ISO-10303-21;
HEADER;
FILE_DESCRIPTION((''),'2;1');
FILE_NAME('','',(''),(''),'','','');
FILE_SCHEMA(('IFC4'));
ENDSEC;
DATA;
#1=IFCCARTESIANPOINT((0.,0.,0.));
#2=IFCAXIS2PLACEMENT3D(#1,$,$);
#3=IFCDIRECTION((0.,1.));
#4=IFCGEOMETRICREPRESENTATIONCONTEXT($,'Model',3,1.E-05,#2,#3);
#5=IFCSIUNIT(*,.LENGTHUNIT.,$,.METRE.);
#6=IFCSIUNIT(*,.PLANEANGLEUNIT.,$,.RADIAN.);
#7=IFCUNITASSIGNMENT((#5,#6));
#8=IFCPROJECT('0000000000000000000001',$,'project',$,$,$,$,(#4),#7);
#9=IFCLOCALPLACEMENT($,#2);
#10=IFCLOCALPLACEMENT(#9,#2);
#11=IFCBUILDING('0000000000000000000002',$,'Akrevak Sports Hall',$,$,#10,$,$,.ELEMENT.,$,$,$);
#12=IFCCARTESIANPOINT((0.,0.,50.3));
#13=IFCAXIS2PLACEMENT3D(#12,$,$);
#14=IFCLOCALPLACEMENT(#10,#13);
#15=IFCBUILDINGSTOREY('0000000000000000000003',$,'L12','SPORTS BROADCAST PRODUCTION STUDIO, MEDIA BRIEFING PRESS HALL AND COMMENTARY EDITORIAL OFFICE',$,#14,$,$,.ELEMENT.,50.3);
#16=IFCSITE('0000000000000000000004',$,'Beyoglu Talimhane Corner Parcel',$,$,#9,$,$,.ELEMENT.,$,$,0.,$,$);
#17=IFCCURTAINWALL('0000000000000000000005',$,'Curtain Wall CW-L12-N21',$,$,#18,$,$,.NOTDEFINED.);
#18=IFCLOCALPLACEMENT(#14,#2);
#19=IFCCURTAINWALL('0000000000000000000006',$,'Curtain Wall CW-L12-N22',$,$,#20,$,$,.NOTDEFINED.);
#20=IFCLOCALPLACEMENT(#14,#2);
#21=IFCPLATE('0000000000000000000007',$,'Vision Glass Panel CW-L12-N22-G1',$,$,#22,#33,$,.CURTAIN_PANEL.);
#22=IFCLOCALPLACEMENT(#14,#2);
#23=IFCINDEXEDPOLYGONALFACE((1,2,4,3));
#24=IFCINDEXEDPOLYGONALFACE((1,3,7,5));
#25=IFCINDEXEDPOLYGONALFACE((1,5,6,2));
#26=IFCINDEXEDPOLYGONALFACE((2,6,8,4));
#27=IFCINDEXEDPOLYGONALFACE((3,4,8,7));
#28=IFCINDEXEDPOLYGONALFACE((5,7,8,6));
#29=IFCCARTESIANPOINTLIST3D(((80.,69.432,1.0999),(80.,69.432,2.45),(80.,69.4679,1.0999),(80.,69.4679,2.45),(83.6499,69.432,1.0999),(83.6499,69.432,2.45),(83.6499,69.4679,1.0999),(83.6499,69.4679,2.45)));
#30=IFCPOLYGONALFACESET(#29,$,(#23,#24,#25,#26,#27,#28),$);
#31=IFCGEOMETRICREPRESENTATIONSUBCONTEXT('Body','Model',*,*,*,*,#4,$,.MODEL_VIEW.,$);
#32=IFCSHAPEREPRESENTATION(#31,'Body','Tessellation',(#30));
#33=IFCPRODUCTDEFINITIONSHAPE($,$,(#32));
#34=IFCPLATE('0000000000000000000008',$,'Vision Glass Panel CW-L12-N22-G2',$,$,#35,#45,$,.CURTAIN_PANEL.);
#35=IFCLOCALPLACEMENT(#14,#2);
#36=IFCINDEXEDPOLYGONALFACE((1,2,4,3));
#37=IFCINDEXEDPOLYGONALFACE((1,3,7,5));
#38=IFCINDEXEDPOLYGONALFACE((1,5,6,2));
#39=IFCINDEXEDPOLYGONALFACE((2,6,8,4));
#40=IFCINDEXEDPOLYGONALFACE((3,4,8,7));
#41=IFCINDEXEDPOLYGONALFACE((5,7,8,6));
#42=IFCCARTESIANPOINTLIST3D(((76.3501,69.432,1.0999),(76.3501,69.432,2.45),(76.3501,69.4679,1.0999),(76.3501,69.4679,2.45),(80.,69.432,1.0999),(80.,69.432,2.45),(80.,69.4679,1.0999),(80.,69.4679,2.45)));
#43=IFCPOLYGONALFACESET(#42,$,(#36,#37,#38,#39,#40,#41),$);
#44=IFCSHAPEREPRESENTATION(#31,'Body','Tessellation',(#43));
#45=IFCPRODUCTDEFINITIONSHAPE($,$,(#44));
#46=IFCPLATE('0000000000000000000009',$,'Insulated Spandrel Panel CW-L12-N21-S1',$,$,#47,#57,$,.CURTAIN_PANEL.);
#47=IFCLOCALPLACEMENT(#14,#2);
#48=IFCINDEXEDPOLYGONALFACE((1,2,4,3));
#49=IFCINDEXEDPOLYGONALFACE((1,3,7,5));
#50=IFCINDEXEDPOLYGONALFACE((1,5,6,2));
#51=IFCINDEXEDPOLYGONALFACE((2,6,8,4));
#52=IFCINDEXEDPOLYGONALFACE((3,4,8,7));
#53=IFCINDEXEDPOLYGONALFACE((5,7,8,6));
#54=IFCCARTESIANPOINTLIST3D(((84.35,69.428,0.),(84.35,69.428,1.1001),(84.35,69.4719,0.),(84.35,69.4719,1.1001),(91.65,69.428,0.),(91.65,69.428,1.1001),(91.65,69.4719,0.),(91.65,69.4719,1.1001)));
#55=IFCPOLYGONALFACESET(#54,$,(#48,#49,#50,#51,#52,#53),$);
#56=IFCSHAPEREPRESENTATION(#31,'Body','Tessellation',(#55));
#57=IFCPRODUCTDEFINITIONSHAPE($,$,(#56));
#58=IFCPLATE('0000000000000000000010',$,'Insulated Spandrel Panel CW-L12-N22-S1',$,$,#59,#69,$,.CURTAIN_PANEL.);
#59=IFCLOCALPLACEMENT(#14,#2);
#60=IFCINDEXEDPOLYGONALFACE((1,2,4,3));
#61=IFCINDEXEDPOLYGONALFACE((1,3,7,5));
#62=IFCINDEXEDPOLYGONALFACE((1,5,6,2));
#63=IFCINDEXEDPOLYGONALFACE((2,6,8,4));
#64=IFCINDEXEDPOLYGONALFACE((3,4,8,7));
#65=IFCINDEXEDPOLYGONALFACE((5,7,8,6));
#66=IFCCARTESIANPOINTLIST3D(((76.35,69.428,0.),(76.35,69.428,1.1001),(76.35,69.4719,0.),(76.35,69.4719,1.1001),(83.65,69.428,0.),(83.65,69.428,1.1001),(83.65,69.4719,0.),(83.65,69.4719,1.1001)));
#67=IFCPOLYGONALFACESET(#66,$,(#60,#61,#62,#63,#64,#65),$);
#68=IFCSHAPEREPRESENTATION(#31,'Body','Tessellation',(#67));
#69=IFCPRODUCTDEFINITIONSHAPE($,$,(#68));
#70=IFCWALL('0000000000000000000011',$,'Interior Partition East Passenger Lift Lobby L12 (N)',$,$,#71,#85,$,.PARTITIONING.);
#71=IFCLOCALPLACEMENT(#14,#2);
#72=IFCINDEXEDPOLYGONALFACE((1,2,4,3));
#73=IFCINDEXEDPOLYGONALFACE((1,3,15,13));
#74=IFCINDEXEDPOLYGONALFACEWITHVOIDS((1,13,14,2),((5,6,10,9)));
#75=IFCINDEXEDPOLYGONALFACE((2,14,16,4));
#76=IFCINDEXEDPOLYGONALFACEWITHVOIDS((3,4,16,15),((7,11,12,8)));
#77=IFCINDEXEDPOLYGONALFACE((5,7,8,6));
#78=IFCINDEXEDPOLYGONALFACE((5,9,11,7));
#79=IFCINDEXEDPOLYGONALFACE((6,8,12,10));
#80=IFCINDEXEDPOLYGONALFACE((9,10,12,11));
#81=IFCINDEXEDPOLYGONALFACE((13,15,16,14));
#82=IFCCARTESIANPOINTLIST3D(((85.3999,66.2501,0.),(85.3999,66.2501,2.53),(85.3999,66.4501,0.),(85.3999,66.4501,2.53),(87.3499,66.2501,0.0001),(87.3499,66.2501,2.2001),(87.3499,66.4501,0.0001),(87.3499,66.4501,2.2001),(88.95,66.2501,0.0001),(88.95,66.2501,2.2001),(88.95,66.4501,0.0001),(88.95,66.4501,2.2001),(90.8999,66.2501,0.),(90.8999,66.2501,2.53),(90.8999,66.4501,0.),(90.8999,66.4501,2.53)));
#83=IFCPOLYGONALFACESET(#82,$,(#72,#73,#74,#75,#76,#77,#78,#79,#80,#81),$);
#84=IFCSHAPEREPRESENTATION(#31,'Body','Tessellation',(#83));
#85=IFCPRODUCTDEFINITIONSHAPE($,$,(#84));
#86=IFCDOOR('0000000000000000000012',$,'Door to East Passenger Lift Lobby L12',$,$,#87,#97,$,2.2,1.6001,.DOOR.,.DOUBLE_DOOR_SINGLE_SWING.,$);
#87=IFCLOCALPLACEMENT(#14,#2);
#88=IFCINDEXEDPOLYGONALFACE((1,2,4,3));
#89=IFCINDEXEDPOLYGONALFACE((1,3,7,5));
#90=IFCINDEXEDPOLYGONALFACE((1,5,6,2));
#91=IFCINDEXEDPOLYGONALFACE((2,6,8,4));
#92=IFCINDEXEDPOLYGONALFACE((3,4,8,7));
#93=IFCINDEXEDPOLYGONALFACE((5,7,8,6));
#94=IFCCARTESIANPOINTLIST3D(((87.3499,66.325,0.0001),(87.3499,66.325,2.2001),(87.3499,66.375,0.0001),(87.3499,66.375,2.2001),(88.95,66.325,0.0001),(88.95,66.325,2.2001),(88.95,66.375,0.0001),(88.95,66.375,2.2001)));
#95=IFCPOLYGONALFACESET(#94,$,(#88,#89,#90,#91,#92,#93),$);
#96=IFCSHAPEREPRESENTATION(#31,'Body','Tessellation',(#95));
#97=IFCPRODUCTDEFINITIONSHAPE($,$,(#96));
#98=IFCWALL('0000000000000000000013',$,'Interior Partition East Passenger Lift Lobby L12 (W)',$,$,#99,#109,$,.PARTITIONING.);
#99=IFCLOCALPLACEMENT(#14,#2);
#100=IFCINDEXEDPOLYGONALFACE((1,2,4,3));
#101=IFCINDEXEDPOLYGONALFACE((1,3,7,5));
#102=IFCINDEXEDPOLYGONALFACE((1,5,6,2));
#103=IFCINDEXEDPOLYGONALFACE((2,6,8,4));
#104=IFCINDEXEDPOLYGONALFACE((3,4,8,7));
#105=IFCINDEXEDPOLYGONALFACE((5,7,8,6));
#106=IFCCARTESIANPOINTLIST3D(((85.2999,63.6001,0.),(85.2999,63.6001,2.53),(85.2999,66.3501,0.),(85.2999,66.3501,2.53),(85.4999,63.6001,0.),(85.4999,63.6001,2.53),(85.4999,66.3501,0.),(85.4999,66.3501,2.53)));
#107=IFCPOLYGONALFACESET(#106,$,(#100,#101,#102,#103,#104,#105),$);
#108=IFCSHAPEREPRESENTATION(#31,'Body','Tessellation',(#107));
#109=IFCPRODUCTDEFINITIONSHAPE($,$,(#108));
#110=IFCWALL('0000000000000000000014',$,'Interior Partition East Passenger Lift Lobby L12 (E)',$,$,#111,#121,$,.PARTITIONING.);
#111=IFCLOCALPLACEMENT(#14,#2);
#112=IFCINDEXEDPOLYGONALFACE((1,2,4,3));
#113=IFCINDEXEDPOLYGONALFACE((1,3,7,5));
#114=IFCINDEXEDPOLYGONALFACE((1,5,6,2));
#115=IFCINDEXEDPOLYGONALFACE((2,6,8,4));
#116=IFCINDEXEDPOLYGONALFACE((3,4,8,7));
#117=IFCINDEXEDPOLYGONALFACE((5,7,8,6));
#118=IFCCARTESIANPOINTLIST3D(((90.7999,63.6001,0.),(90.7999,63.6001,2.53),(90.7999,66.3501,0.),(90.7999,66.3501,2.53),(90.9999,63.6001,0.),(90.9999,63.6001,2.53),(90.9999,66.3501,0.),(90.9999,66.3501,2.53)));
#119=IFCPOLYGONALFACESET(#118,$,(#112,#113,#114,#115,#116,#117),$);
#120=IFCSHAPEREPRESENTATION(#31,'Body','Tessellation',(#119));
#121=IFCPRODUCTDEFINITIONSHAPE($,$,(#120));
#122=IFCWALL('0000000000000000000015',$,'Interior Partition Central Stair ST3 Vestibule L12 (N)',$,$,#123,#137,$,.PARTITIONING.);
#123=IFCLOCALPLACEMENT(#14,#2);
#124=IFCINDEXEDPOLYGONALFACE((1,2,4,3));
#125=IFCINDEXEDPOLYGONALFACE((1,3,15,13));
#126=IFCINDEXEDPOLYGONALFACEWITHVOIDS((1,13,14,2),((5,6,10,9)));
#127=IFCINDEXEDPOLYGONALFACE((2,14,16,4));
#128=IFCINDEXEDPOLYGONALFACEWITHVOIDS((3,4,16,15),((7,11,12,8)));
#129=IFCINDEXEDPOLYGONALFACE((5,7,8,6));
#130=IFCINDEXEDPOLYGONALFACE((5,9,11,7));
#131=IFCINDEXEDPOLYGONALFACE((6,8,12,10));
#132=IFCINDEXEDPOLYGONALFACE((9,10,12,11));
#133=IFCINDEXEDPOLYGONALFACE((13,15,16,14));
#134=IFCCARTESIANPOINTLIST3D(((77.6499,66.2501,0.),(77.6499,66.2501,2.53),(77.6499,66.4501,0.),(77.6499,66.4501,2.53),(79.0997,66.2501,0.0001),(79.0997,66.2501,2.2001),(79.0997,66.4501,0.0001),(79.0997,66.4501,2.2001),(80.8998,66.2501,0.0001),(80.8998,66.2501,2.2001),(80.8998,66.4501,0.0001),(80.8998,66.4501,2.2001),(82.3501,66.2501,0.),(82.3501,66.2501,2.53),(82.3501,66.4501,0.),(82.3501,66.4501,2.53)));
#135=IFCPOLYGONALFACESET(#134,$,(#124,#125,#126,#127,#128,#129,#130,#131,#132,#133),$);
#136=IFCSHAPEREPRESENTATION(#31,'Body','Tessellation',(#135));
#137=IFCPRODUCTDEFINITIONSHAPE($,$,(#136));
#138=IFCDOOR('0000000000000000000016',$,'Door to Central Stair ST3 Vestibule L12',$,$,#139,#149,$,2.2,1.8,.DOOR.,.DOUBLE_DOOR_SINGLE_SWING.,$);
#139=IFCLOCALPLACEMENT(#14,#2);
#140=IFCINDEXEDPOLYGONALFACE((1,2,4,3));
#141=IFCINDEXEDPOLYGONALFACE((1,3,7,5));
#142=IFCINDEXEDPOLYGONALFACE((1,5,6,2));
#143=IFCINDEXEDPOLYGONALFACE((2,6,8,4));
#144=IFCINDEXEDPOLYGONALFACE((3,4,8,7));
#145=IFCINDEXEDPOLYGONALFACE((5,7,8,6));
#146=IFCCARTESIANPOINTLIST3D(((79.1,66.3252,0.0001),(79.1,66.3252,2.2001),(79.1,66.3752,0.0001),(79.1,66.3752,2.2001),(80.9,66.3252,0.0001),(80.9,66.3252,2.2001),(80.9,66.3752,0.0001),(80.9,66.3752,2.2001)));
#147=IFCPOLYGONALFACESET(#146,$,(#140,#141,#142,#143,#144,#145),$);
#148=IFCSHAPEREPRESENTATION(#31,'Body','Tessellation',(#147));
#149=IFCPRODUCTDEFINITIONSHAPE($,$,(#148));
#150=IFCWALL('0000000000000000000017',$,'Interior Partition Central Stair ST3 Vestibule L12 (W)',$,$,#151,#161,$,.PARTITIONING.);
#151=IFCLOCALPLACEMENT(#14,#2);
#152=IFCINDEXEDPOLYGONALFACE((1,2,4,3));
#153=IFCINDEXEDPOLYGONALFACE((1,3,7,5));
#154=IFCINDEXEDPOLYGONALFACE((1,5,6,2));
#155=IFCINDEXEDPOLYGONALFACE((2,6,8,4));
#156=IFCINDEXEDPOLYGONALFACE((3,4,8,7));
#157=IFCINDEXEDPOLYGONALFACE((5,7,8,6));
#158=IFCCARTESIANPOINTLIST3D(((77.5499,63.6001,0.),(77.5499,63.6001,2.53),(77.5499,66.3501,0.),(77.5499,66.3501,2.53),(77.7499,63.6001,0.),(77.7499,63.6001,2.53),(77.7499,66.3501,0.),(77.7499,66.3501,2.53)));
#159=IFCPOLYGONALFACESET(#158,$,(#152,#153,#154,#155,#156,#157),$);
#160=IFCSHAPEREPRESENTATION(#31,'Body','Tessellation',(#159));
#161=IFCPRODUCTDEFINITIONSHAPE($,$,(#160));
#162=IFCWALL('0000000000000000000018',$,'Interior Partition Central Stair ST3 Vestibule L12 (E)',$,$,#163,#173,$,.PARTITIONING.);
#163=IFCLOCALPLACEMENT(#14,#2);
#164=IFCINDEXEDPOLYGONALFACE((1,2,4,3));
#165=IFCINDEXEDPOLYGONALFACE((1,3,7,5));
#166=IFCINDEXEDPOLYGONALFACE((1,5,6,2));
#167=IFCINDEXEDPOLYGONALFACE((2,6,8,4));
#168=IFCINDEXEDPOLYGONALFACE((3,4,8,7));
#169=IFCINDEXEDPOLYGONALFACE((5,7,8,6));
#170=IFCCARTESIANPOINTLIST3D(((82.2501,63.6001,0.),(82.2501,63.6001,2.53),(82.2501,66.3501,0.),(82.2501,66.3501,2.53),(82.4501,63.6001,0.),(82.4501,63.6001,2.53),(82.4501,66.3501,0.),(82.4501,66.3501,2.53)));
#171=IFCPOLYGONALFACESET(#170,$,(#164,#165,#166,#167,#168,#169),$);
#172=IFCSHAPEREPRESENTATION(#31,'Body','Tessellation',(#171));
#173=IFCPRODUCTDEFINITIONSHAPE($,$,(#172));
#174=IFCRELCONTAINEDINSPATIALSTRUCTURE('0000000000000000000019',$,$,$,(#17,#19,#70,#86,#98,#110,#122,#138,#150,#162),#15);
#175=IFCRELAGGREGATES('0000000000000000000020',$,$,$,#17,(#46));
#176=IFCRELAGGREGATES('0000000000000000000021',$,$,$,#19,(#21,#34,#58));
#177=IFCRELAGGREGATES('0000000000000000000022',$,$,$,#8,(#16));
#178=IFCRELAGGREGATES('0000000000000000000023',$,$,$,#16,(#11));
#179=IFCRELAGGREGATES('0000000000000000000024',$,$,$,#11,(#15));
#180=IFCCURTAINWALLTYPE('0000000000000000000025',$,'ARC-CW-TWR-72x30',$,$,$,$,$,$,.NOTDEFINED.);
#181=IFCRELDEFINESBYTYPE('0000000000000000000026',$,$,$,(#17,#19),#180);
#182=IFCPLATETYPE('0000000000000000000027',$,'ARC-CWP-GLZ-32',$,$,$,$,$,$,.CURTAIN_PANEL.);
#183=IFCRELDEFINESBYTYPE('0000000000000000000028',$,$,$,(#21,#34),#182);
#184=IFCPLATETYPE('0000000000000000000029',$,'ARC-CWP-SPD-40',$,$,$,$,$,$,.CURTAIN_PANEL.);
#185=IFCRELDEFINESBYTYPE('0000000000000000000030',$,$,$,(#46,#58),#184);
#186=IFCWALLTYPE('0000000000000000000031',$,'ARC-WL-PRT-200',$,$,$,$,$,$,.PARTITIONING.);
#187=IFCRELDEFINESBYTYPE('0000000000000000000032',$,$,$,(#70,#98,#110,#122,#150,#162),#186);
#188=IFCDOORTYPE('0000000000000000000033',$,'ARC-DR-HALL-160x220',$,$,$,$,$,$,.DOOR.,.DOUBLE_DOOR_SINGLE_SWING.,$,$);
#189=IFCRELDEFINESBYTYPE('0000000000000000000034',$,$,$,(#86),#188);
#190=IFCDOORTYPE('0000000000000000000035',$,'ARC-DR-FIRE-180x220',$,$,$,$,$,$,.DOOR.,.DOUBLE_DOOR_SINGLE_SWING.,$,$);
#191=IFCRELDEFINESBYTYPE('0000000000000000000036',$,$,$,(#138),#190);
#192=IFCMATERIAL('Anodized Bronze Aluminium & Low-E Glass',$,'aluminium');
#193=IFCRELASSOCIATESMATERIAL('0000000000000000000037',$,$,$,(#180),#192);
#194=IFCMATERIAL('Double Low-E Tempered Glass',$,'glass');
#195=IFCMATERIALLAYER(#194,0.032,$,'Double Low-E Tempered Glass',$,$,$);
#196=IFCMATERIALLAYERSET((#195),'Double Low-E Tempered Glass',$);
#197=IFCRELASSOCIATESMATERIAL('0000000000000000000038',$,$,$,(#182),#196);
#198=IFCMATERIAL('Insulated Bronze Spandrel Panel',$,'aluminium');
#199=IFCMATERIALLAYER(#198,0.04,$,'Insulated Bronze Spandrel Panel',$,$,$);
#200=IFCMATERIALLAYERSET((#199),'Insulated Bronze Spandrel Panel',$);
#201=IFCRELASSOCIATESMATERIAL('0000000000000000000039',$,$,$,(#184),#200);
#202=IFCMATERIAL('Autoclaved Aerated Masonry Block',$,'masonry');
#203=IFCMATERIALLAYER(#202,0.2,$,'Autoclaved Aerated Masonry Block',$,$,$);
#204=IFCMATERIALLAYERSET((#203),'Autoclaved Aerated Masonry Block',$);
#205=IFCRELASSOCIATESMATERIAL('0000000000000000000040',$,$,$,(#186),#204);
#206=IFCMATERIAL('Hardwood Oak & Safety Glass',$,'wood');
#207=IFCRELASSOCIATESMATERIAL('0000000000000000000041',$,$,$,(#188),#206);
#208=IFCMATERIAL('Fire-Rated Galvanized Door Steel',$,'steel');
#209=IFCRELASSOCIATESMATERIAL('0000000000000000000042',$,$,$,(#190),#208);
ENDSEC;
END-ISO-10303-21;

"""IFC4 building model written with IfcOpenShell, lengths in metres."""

from ifc_helpers import new_model, si_unit, direction, frame, frame_2d, origin, origin_2d, place, context, subcontext, project, spatial, rectangle, extrude, material, layer, layer_set, type_object, element, fill, aggregate, save


model = new_model("IFC4")

# Units and contexts
model_context = context("Model", 3, precision=1e-05, world=origin(), true_north=direction((0.0, 1.0)))
body_context = subcontext(model_context, "Body", "Model", "MODEL_VIEW")
ifc_project = project(units=[si_unit("LENGTHUNIT", "METRE"), si_unit("PLANEANGLEUNIT", "RADIAN")], contexts=[model_context])

# Site, building, storey
site_placement = place(None, origin())
site = spatial("IfcSite", under=ifc_project, at=site_placement, Name="Beyoglu Talimhane Corner Parcel", CompositionType="ELEMENT", RefElevation=0.0)
building_placement = place(site_placement, origin())
building = spatial("IfcBuilding", under=site, at=building_placement, Name="Akrevak Sports Hall", CompositionType="ELEMENT")
storey_placement = place(building_placement, frame((0.0, 0.0, 50.3)))
storey = spatial("IfcBuildingStorey", under=building, at=storey_placement, Name="L12", Description="SPORTS BROADCAST PRODUCTION STUDIO, MEDIA BRIEFING PRESS HALL AND COMMENTARY EDITORIAL OFFICE", CompositionType="ELEMENT", Elevation=50.3)

# Curtain walls
ifc_material_1 = material(Name="Anodized Bronze Aluminium & Low-E Glass", Category="aluminium")
curtain_wall_type = type_object("IfcCurtainWallType", Name="ARC-CW-TWR-72x30", PredefinedType="NOTDEFINED", material=ifc_material_1)
curtain_wall_1_placement = place(storey_placement, origin())
curtain_wall_1 = element("IfcCurtainWall", 1, at=curtain_wall_1_placement, inside=storey, type_object=curtain_wall_type, Name="Curtain Wall CW-L12-N21", PredefinedType="NOTDEFINED")
curtain_wall_2_placement = place(storey_placement, origin())
curtain_wall_2 = element("IfcCurtainWall", 2, at=curtain_wall_2_placement, inside=storey, type_object=curtain_wall_type, Name="Curtain Wall CW-L12-N22", PredefinedType="NOTDEFINED")

# Plates
ifc_material_2 = material(Name="Double Low-E Tempered Glass", Category="glass")
ifc_layer_1 = layer(ifc_material_2, 0.032, Name="Double Low-E Tempered Glass")
ifc_layer_set_1 = layer_set([ifc_layer_1], Name="Double Low-E Tempered Glass")
plate_type_1 = type_object("IfcPlateType", Name="ARC-CWP-GLZ-32", PredefinedType="CURTAIN_PANEL", material=ifc_layer_set_1)
plate_1_placement = place(storey_placement, frame((81.825, 69.45, 1.0999), z_axis=(0.0, 0.0, 1.0), x_axis=(-1.0, 0.0, 0.0)))
plate_1 = element("IfcPlate", 3, at=plate_1_placement, type_object=plate_type_1, Name="Vision Glass Panel CW-L12-N22-G1", PredefinedType="CURTAIN_PANEL", context=body_context, shape_type="SweptSolid", body=[
    extrude(rectangle(XDim=3.6499, YDim=0.0359, at=origin_2d()), origin(), (0.0, 0.0, 1.0), 1.3501),
])
plate_2_placement = place(storey_placement, frame((78.175, 69.45, 1.0999), z_axis=(0.0, 0.0, 1.0), x_axis=(-1.0, 0.0, 0.0)))
plate_2 = element("IfcPlate", 4, at=plate_2_placement, type_object=plate_type_1, Name="Vision Glass Panel CW-L12-N22-G2", PredefinedType="CURTAIN_PANEL", context=body_context, shape_type="SweptSolid", body=[
    extrude(rectangle(XDim=3.6499, YDim=0.0359, at=origin_2d()), origin(), (0.0, 0.0, 1.0), 1.3501),
])
ifc_material_3 = material(Name="Insulated Bronze Spandrel Panel", Category="aluminium")
ifc_layer_2 = layer(ifc_material_3, 0.04, Name="Insulated Bronze Spandrel Panel")
ifc_layer_set_2 = layer_set([ifc_layer_2], Name="Insulated Bronze Spandrel Panel")
plate_type_2 = type_object("IfcPlateType", Name="ARC-CWP-SPD-40", PredefinedType="CURTAIN_PANEL", material=ifc_layer_set_2)
plate_3_placement = place(storey_placement, frame((88.0, 69.45, 0.0), z_axis=(0.0, 0.0, 1.0), x_axis=(-1.0, 0.0, 0.0)))
plate_3 = element("IfcPlate", 5, at=plate_3_placement, type_object=plate_type_2, Name="Insulated Spandrel Panel CW-L12-N21-S1", PredefinedType="CURTAIN_PANEL", context=body_context, shape_type="SweptSolid", body=[
    extrude(rectangle(XDim=7.3, YDim=0.0439, at=origin_2d()), origin(), (0.0, 0.0, 1.0), 1.1001),
])
aggregate(curtain_wall_1, [plate_3])
plate_4_placement = place(storey_placement, frame((80.0, 69.45, 0.0), z_axis=(0.0, 0.0, 1.0), x_axis=(-1.0, 0.0, 0.0)))
plate_4 = element("IfcPlate", 6, at=plate_4_placement, type_object=plate_type_2, Name="Insulated Spandrel Panel CW-L12-N22-S1", PredefinedType="CURTAIN_PANEL", context=body_context, shape_type="SweptSolid", body=[
    extrude(rectangle(XDim=7.3, YDim=0.0439, at=origin_2d()), origin(), (0.0, 0.0, 1.0), 1.1001),
])
aggregate(curtain_wall_2, [plate_1, plate_2, plate_4])

# Wall, opening, door
ifc_material_4 = material(Name="Autoclaved Aerated Masonry Block", Category="masonry")
ifc_layer_3 = layer(ifc_material_4, 0.2, Name="Autoclaved Aerated Masonry Block")
ifc_layer_set_3 = layer_set([ifc_layer_3], Name="Autoclaved Aerated Masonry Block")
wall_type_1 = type_object("IfcWallType", Name="ARC-WL-PRT-200", PredefinedType="PARTITIONING", material=ifc_layer_set_3)
wall_1_placement = place(storey_placement, frame((85.3999, 66.3501, 0.0), z_axis=(0.0, 0.0, 1.0), x_axis=(1.0, 0.0, 0.0)))
wall_1 = element("IfcWall", 7, at=wall_1_placement, inside=storey, type_object=wall_type_1, Name="Interior Partition East Passenger Lift Lobby L12 (N)", PredefinedType="PARTITIONING", context=body_context, shape_type="SweptSolid", body=[
    extrude(rectangle(XDim=5.5, YDim=0.2, at=frame_2d((2.75, 0.0))), origin(), (0.0, 0.0, 1.0), 2.53),
])
opening_1_placement = place(wall_1_placement, frame((1.95, 0.0, 0.0)))
opening_1 = element("IfcOpeningElement", 8, at=opening_1_placement, cuts=wall_1, PredefinedType="OPENING", context=body_context, shape_type="SweptSolid", body=[
    extrude(rectangle(XDim=1.6001, YDim=2.2, at=frame_2d((0.8, 1.1001))), frame((0.0, 0.1118, 0.0), z_axis=(0.0, -1.0, 0.0), x_axis=(1.0, 0.0, 0.0)), (0.0, 0.0, 1.0), 0.2239),
])
ifc_material_5 = material(Name="Hardwood Oak & Safety Glass", Category="wood")
door_type_1 = type_object("IfcDoorType", Name="ARC-DR-HALL-160x220", OperationType="DOUBLE_DOOR_SINGLE_SWING", PredefinedType="DOOR", material=ifc_material_5)
door_1_placement = place(opening_1_placement, origin())
door_1 = element("IfcDoor", 9, at=door_1_placement, inside=storey, type_object=door_type_1, Name="Door to East Passenger Lift Lobby L12", OperationType="DOUBLE_DOOR_SINGLE_SWING", OverallHeight=2.2, OverallWidth=1.6001, PredefinedType="DOOR", context=body_context, shape_type="SweptSolid", body=[
    extrude(rectangle(XDim=1.6001, YDim=2.2, at=frame_2d((0.8, 1.1001))), frame((0.0, 0.0249, 0.0), z_axis=(0.0, -1.0, 0.0), x_axis=(1.0, 0.0, 0.0)), (0.0, 0.0, 1.0), 0.05),
])
fill(opening_1, door_1)

# Walls
for number, where, z_axis, x_axis, name in (
    (10, (85.3999, 63.6001, 0.0), (0.0, 0.0, 1.0), (0.0, 1.0, 0.0), "Interior Partition East Passenger Lift Lobby L12 (W)"),
    (11, (90.8999, 63.6001, 0.0), (0.0, 0.0, 1.0), (0.0, 1.0, 0.0), "Interior Partition East Passenger Lift Lobby L12 (E)"),
):
    element("IfcWall", number, at=place(storey_placement, frame(where, z_axis=z_axis, x_axis=x_axis)), inside=storey, type_object=wall_type_1, Name=name, PredefinedType="PARTITIONING", context=body_context, shape_type="SweptSolid", body=[
        extrude(rectangle(XDim=2.75, YDim=0.2, at=frame_2d((1.375, 0.0))), origin(), (0.0, 0.0, 1.0), 2.53),
    ])

# Wall, opening, door
wall_2_placement = place(storey_placement, frame((77.6499, 66.3501, 0.0), z_axis=(0.0, 0.0, 1.0), x_axis=(1.0, 0.0, 0.0)))
wall_2 = element("IfcWall", 12, at=wall_2_placement, inside=storey, type_object=wall_type_1, Name="Interior Partition Central Stair ST3 Vestibule L12 (N)", PredefinedType="PARTITIONING", context=body_context, shape_type="SweptSolid", body=[
    extrude(rectangle(XDim=4.7002, YDim=0.2, at=frame_2d((2.3501, 0.0))), origin(), (0.0, 0.0, 1.0), 2.53),
])
opening_2_placement = place(wall_2_placement, frame((1.45, 0.0, 0.0)))
opening_2 = element("IfcOpeningElement", 13, at=opening_2_placement, cuts=wall_2, PredefinedType="OPENING", context=body_context, shape_type="SweptSolid", body=[
    extrude(rectangle(XDim=1.8, YDim=2.2, at=frame_2d((0.8999, 1.1001))), frame((0.0, 0.1118, 0.0), z_axis=(0.0, -1.0, 0.0), x_axis=(1.0, 0.0, 0.0)), (0.0, 0.0, 1.0), 0.2239),
])
ifc_material_6 = material(Name="Fire-Rated Galvanized Door Steel", Category="steel")
door_type_2 = type_object("IfcDoorType", Name="ARC-DR-FIRE-180x220", OperationType="DOUBLE_DOOR_SINGLE_SWING", PredefinedType="DOOR", material=ifc_material_6)
door_2_placement = place(opening_2_placement, frame((1.8, 0.0, 0.0), z_axis=(0.0, 0.0, 1.0), x_axis=(-1.0, 0.0, 0.0)))
door_2 = element("IfcDoor", 14, at=door_2_placement, inside=storey, type_object=door_type_2, Name="Door to Central Stair ST3 Vestibule L12", OperationType="DOUBLE_DOOR_SINGLE_SWING", OverallHeight=2.2, OverallWidth=1.8, PredefinedType="DOOR", context=body_context, shape_type="SweptSolid", body=[
    extrude(rectangle(XDim=1.8, YDim=2.2, at=frame_2d((0.8999, 1.1001))), frame((0.0, 0.0249, 0.0), z_axis=(0.0, -1.0, 0.0), x_axis=(1.0, 0.0, 0.0)), (0.0, 0.0, 1.0), 0.05),
])
fill(opening_2, door_2)

# Walls
for number, where, z_axis, x_axis, name in (
    (15, (77.6499, 63.6001, 0.0), (0.0, 0.0, 1.0), (0.0, 1.0, 0.0), "Interior Partition Central Stair ST3 Vestibule L12 (W)"),
    (16, (82.3501, 63.6001, 0.0), (0.0, 0.0, 1.0), (0.0, 1.0, 0.0), "Interior Partition Central Stair ST3 Vestibule L12 (E)"),
):
    element("IfcWall", number, at=place(storey_placement, frame(where, z_axis=z_axis, x_axis=x_axis)), inside=storey, type_object=wall_type_1, Name=name, PredefinedType="PARTITIONING", context=body_context, shape_type="SweptSolid", body=[
        extrude(rectangle(XDim=2.75, YDim=0.2, at=frame_2d((1.375, 0.0))), origin(), (0.0, 0.0, 1.0), 2.53),
    ])

save(model, "model.ifc")
